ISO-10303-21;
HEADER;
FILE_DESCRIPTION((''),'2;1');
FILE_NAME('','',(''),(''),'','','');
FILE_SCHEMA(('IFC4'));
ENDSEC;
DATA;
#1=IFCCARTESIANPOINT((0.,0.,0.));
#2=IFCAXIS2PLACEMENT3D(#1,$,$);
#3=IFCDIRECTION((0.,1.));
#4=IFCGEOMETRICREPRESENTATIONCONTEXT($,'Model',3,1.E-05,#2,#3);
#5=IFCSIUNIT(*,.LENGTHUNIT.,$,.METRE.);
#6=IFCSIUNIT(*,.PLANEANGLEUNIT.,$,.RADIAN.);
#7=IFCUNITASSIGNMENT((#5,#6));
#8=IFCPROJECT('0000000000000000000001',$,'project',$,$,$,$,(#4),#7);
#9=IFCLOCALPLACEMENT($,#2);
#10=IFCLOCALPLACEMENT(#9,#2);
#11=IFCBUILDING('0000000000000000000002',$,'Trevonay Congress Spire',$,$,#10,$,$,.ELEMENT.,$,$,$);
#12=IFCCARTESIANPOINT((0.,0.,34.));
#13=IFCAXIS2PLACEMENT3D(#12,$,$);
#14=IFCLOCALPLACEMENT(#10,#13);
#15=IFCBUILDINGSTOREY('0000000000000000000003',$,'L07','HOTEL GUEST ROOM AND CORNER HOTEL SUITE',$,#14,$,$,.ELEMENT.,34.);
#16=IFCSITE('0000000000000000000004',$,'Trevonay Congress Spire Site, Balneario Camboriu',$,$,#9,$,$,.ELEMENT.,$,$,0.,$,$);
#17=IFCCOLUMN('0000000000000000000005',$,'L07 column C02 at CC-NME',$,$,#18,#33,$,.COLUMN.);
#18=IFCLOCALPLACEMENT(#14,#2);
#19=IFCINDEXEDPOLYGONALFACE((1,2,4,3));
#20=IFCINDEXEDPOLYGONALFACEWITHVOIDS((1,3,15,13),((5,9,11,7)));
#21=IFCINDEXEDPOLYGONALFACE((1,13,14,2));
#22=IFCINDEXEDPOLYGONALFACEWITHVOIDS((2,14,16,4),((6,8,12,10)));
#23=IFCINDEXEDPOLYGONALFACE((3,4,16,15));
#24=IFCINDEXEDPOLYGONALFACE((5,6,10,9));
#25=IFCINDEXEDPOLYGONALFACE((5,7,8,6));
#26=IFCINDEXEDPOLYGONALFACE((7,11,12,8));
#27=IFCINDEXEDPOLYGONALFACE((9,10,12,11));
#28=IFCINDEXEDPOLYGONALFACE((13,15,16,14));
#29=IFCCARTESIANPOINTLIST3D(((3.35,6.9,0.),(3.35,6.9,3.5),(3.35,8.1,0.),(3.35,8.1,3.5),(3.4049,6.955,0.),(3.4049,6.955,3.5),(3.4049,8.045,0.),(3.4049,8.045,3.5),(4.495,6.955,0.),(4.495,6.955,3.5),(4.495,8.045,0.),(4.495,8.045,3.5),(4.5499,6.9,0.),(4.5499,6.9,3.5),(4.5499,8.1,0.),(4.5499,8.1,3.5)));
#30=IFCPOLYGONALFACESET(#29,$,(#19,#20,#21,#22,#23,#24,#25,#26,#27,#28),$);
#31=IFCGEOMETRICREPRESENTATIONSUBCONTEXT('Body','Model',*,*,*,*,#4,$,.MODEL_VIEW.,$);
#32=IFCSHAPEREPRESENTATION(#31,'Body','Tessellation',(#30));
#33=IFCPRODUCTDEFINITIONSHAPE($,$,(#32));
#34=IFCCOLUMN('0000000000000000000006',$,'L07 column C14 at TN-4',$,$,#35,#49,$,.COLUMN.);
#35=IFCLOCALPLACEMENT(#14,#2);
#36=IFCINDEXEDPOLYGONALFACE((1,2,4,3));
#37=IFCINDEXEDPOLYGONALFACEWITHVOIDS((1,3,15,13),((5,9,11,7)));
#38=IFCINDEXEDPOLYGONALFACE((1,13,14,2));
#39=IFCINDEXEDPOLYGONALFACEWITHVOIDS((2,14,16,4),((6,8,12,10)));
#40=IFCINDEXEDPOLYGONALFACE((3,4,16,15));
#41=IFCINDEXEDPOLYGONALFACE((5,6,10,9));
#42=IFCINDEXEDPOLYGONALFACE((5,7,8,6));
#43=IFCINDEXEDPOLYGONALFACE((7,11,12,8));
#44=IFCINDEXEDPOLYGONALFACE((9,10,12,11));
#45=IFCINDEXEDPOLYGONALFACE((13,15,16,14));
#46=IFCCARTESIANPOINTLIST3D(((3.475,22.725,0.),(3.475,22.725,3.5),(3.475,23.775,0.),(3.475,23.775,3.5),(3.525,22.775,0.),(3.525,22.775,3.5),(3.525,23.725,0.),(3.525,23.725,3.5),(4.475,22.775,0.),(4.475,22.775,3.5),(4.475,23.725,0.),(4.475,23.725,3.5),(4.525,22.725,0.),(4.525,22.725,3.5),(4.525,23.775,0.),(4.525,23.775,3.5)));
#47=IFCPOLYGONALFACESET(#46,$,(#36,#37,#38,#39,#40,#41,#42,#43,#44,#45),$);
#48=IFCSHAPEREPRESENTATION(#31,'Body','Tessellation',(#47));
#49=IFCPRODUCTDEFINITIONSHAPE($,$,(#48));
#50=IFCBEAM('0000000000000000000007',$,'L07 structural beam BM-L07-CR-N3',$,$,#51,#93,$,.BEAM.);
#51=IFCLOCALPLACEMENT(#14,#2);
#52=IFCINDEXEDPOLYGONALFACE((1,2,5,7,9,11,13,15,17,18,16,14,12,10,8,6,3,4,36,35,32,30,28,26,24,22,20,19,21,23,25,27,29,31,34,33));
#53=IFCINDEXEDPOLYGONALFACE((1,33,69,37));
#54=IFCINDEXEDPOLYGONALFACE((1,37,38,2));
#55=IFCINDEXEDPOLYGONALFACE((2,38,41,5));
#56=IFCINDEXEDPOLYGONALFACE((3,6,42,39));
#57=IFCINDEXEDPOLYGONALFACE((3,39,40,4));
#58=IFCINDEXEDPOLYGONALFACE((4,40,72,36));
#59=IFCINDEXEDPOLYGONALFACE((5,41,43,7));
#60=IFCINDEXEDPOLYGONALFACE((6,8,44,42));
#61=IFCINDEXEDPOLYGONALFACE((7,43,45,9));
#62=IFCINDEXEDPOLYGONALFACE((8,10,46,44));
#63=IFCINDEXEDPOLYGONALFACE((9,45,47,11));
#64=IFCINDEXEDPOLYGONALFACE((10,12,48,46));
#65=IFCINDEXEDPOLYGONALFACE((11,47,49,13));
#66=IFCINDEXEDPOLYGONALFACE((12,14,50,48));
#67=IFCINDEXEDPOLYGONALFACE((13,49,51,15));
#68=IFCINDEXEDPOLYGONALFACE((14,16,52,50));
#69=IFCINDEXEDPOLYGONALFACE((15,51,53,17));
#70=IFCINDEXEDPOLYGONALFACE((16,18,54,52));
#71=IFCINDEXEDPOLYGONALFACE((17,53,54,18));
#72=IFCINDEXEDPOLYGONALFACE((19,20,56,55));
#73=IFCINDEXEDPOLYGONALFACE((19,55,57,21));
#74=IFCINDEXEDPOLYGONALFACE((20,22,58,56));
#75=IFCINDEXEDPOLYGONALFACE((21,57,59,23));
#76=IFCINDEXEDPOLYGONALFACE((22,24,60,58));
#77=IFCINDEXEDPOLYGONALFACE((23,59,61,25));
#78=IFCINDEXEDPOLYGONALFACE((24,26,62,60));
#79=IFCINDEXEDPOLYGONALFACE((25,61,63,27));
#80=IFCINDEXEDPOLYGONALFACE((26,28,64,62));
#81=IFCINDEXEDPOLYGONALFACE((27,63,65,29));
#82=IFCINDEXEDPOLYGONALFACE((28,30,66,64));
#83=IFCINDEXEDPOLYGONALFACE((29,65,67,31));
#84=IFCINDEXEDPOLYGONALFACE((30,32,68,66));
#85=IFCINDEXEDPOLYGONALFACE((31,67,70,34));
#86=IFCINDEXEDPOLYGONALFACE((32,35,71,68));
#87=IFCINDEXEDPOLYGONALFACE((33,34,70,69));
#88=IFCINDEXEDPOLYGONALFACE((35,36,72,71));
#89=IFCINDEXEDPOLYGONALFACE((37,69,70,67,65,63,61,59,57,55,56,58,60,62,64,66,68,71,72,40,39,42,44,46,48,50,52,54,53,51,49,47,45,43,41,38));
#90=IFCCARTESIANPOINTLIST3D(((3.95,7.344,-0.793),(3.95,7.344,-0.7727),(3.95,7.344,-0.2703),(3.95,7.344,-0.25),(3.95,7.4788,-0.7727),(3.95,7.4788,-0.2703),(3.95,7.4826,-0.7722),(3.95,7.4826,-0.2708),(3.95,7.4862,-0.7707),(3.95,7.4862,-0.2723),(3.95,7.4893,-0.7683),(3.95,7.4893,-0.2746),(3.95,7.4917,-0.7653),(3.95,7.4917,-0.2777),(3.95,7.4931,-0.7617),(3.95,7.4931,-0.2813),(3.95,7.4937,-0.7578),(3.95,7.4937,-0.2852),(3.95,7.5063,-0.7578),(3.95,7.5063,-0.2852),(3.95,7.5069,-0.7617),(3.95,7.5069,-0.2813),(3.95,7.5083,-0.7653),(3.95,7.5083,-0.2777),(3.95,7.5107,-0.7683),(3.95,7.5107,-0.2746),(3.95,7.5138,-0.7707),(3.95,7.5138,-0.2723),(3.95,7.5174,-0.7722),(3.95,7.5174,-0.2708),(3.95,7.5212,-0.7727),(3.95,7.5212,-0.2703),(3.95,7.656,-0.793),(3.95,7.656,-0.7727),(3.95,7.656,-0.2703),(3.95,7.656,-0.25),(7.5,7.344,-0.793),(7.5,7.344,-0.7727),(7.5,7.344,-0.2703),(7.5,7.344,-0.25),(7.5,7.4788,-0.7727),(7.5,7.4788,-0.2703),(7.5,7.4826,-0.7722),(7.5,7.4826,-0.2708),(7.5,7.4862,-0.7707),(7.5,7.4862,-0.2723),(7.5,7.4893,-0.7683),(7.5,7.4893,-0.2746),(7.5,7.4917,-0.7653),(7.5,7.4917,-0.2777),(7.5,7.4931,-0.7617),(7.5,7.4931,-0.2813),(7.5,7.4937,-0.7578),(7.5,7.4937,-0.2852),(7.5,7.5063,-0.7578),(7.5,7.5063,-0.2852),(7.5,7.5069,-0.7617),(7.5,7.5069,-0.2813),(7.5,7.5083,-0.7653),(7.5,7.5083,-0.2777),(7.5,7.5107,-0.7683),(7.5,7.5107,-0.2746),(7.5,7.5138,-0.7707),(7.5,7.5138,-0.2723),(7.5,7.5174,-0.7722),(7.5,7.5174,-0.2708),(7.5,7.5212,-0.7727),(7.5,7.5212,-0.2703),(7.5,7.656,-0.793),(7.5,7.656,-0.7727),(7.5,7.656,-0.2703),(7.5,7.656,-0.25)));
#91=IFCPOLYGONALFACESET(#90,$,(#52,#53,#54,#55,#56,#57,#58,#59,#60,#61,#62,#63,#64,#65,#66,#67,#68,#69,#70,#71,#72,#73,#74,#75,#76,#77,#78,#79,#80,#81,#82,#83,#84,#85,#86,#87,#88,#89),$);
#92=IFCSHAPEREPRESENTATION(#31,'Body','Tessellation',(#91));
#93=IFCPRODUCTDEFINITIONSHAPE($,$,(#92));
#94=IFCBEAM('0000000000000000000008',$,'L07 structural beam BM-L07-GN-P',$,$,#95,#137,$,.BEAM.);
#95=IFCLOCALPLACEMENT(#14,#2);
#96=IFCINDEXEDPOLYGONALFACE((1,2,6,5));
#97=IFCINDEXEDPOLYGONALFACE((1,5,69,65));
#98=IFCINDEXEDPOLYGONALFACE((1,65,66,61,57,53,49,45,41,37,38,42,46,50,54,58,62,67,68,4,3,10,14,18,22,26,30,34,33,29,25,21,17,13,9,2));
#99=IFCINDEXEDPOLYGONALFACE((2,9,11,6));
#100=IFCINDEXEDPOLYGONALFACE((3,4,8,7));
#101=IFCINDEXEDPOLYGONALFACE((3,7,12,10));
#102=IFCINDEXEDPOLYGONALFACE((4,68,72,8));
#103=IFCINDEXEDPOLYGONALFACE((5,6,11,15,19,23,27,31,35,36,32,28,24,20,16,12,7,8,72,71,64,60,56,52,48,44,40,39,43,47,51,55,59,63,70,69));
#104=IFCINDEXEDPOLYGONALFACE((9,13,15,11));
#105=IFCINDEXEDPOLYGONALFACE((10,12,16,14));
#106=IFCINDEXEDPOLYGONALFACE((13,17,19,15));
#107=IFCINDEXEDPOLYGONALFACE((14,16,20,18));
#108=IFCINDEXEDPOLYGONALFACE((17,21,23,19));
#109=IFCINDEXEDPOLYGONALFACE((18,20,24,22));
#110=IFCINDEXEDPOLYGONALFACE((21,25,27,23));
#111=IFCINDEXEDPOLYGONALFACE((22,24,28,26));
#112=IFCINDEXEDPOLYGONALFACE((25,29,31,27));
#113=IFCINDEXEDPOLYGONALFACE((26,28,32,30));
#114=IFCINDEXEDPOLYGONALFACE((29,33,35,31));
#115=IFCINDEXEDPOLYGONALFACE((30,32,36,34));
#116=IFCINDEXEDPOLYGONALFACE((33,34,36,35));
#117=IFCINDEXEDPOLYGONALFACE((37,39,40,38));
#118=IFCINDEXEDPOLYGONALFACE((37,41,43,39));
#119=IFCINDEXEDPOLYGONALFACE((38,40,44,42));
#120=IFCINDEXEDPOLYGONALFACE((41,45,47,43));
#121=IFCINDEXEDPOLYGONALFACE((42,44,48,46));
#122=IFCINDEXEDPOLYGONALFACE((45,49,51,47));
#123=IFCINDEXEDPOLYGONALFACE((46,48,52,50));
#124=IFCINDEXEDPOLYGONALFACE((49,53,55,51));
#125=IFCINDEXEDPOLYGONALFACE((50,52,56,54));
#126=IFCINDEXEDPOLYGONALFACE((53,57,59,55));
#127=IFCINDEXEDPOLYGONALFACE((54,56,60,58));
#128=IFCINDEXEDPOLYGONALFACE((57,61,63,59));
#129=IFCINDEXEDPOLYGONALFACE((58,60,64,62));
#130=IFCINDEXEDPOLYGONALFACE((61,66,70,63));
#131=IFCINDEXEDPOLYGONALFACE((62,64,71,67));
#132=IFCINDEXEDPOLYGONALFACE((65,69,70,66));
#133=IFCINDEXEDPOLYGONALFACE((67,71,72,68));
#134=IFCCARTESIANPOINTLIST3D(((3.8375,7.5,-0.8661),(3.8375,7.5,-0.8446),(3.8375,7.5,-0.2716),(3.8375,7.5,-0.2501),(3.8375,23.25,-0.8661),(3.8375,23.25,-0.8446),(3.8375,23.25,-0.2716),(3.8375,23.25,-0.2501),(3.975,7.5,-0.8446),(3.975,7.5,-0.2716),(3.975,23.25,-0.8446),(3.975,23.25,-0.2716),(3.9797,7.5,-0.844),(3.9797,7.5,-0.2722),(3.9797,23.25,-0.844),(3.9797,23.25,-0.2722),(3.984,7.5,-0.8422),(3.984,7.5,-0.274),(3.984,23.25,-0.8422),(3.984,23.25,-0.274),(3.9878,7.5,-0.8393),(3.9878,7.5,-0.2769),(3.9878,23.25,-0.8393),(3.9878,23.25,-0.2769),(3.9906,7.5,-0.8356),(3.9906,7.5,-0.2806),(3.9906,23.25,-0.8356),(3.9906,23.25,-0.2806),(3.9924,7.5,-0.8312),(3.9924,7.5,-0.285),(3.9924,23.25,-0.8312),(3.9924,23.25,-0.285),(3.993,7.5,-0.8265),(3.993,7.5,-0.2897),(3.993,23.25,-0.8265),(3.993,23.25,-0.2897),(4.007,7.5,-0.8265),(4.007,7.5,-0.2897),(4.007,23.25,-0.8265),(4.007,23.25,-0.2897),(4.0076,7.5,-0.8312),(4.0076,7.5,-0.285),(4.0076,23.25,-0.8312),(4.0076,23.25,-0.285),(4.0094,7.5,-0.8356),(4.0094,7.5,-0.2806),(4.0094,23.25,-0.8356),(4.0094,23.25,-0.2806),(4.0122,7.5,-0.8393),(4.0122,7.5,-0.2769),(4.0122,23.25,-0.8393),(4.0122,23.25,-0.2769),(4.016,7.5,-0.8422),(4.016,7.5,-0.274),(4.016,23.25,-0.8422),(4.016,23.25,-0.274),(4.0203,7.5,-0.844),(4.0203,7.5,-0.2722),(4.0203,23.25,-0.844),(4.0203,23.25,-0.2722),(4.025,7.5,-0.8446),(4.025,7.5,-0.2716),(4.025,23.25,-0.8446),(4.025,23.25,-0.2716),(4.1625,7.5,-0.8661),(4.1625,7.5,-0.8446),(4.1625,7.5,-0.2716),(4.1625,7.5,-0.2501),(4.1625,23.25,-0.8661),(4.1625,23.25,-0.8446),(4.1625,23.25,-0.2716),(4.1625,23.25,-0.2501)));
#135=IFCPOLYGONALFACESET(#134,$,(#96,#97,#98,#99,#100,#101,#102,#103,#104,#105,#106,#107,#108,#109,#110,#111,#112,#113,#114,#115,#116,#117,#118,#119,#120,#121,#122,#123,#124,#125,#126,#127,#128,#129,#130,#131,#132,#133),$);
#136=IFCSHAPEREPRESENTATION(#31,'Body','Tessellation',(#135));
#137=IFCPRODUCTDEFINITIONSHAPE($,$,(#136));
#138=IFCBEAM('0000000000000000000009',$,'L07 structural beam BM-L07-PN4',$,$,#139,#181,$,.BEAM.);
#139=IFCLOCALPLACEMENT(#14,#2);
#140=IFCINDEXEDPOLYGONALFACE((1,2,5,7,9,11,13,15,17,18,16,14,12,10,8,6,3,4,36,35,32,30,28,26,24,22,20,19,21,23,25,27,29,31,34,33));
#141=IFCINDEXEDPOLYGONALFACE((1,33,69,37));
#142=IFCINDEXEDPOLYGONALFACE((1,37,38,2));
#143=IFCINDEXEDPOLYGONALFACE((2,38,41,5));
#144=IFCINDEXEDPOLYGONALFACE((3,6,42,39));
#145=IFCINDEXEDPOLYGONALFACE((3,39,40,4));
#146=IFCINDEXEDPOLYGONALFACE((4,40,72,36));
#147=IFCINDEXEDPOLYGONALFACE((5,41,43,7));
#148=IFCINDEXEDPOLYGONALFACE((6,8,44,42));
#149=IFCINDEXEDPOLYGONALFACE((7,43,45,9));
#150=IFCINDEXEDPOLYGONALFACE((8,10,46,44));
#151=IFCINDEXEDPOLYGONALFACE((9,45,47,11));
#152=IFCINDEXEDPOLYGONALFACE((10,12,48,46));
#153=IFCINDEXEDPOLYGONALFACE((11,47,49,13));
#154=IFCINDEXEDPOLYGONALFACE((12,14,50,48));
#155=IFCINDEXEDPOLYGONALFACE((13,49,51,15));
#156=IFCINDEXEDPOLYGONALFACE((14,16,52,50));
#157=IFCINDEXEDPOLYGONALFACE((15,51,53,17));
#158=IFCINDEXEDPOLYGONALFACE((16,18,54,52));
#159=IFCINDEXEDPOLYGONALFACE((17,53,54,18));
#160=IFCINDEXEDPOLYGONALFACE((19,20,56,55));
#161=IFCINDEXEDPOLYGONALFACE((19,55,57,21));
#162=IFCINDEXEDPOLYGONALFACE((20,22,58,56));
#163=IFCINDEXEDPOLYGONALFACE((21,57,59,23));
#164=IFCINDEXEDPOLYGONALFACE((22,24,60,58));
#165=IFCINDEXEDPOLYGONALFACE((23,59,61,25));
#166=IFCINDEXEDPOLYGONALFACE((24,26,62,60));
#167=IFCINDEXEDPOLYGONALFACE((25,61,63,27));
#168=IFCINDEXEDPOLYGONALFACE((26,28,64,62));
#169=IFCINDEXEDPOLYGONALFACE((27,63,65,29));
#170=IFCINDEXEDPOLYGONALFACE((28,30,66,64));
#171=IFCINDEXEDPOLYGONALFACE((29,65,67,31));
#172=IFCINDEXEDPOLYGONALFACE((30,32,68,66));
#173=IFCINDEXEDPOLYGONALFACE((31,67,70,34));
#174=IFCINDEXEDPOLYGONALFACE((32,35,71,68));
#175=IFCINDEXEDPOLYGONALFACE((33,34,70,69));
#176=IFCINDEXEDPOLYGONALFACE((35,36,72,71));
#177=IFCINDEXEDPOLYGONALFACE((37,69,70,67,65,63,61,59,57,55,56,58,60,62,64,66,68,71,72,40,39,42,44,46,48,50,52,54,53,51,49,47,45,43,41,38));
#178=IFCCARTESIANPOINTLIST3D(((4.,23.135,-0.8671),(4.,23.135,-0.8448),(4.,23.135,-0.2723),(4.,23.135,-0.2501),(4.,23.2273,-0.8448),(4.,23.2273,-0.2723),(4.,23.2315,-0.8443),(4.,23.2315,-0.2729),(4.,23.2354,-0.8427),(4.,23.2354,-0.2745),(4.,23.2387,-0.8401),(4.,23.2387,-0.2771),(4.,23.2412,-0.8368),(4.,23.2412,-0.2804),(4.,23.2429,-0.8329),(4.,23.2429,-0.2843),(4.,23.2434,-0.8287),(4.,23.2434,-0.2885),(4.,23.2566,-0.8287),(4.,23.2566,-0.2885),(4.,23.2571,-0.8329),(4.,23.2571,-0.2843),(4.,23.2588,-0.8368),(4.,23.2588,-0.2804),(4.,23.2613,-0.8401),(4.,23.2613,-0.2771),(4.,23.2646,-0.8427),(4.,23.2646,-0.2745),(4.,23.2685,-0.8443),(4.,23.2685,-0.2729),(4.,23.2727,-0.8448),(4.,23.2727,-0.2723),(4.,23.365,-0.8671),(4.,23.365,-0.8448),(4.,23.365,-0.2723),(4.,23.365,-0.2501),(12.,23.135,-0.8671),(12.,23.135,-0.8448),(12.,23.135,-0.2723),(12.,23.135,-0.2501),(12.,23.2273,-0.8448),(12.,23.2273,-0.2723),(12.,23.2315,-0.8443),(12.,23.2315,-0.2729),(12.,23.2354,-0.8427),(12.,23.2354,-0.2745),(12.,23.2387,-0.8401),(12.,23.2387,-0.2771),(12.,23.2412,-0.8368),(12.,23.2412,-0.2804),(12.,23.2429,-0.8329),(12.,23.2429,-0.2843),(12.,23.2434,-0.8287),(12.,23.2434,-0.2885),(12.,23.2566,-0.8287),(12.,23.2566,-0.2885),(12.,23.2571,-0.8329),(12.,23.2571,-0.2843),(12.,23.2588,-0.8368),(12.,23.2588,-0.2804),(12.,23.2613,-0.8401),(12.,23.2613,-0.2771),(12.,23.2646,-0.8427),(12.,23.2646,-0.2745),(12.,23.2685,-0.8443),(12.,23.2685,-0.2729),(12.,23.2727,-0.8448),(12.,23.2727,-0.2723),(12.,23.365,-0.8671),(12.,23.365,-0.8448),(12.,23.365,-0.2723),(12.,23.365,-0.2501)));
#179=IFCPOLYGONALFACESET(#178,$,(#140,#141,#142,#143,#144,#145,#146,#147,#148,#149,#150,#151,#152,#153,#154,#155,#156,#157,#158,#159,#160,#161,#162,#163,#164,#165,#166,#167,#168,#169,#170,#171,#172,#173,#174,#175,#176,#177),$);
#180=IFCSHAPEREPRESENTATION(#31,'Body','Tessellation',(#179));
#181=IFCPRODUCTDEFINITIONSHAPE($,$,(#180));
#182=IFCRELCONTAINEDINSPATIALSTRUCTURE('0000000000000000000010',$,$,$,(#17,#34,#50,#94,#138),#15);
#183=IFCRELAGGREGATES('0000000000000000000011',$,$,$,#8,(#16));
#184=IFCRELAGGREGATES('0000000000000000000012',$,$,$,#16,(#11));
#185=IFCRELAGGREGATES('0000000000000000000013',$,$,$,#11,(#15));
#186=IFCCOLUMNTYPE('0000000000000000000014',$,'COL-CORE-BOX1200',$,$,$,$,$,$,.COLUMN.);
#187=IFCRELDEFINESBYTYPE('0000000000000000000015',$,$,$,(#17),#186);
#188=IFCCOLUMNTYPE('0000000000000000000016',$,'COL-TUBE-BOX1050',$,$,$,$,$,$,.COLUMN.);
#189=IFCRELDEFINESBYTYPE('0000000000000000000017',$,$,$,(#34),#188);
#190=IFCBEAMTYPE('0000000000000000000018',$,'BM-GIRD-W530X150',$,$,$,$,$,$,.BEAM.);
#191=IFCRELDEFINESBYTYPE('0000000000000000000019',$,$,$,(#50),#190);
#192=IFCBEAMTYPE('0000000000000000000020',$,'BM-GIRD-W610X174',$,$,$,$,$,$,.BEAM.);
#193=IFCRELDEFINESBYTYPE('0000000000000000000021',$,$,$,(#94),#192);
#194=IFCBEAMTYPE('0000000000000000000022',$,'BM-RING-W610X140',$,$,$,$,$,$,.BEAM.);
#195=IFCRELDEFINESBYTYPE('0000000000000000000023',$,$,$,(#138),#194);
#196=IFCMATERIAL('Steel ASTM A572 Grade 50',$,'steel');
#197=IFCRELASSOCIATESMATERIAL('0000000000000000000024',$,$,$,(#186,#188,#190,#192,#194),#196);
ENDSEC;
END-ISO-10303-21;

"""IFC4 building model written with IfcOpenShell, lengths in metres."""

from ifc_helpers import new_model, si_unit, direction, frame, origin, origin_2d, place, context, subcontext, project, spatial, hollow_rectangle, i_section, extrude, material, material_profile, profile_set, type_object, element, save


model = new_model("IFC4")

# Units and contexts
model_context = context("Model", 3, precision=1e-05, world=origin(), true_north=direction((0.0, 1.0)))
body_context = subcontext(model_context, "Body", "Model", "MODEL_VIEW")
ifc_project = project(units=[si_unit("LENGTHUNIT", "METRE"), si_unit("PLANEANGLEUNIT", "RADIAN")], contexts=[model_context])

# Site, building, storey
site_placement = place(None, origin())
site = spatial("IfcSite", under=ifc_project, at=site_placement, Name="Trevonay Congress Spire Site, Balneario Camboriu", CompositionType="ELEMENT", RefElevation=0.0)
building_placement = place(site_placement, origin())
building = spatial("IfcBuilding", under=site, at=building_placement, Name="Trevonay Congress Spire", CompositionType="ELEMENT")
storey_placement = place(building_placement, frame((0.0, 0.0, 34.0)))
storey = spatial("IfcBuildingStorey", under=building, at=storey_placement, Name="L07", Description="HOTEL GUEST ROOM AND CORNER HOTEL SUITE", CompositionType="ELEMENT", Elevation=34.0)

# Columns
ifc_material_1 = material(Name="Steel ASTM A572 Grade 50", Category="steel")
ifc_material_profile_1 = material_profile(ifc_material_1, hollow_rectangle(XDim=1.2, YDim=1.2, WallThickness=0.0549, at=origin_2d()), Name="BOX 1200x1200x55")
ifc_profile_set_1 = profile_set([ifc_material_profile_1], Name="Steel ASTM A572 Grade 50")
column_type_1 = type_object("IfcColumnType", Name="COL-CORE-BOX1200", PredefinedType="COLUMN", material=ifc_profile_set_1)
column_1_placement = place(storey_placement, frame((3.95, 7.5, 0.0), z_axis=(0.0, 0.0, 1.0), x_axis=(1.0, 0.0, 0.0)))
element("IfcColumn", 1, at=column_1_placement, inside=storey, type_object=column_type_1, Name="L07 column C02 at CC-NME", PredefinedType="COLUMN", context=body_context, shape_type="SweptSolid", body=[
    extrude(hollow_rectangle(XDim=1.2, YDim=1.2, WallThickness=0.0549, at=origin_2d()), origin(), (0.0, 0.0, 1.0), 3.5),
])
ifc_material_profile_2 = material_profile(ifc_material_1, hollow_rectangle(XDim=1.05, YDim=1.05, WallThickness=0.05, at=origin_2d()), Name="BOX 1050x1050x50")
ifc_profile_set_2 = profile_set([ifc_material_profile_2], Name="Steel ASTM A572 Grade 50")
column_type_2 = type_object("IfcColumnType", Name="COL-TUBE-BOX1050", PredefinedType="COLUMN", material=ifc_profile_set_2)
column_2_placement = place(storey_placement, frame((4.0, 23.25, 0.0), z_axis=(0.0, 0.0, 1.0), x_axis=(1.0, 0.0, 0.0)))
element("IfcColumn", 2, at=column_2_placement, inside=storey, type_object=column_type_2, Name="L07 column C14 at TN-4", PredefinedType="COLUMN", context=body_context, shape_type="SweptSolid", body=[
    extrude(hollow_rectangle(XDim=1.05, YDim=1.05, WallThickness=0.05, at=origin_2d()), origin(), (0.0, 0.0, 1.0), 3.5),
])

# Beams
ifc_material_profile_3 = material_profile(ifc_material_1, i_section(OverallWidth=0.312, OverallDepth=0.543, WebThickness=0.0127, FlangeThickness=0.0203, FilletRadius=0.0149, at=origin_2d()), Name="W530x150")
ifc_profile_set_3 = profile_set([ifc_material_profile_3], Name="Steel ASTM A572 Grade 50")
beam_type_1 = type_object("IfcBeamType", Name="BM-GIRD-W530X150", PredefinedType="BEAM", material=ifc_profile_set_3)
beam_1_placement = place(storey_placement, frame((3.95, 7.5, -0.5215), z_axis=(1.0, 0.0, 0.0), x_axis=(0.0, 1.0, 0.0)))
element("IfcBeam", 3, at=beam_1_placement, inside=storey, type_object=beam_type_1, Name="L07 structural beam BM-L07-CR-N3", PredefinedType="BEAM", context=body_context, shape_type="SweptSolid", body=[
    extrude(i_section(OverallWidth=0.312, OverallDepth=0.543, WebThickness=0.0127, FlangeThickness=0.0203, FilletRadius=0.0149, at=origin_2d()), origin(), (0.0, 0.0, 1.0), 3.55),
])
ifc_material_profile_4 = material_profile(ifc_material_1, i_section(OverallWidth=0.325, OverallDepth=0.616, WebThickness=0.0139, FlangeThickness=0.0215, FilletRadius=0.0181, at=origin_2d()), Name="W610x174")
ifc_profile_set_4 = profile_set([ifc_material_profile_4], Name="Steel ASTM A572 Grade 50")
beam_type_2 = type_object("IfcBeamType", Name="BM-GIRD-W610X174", PredefinedType="BEAM", material=ifc_profile_set_4)
beam_2_placement = place(storey_placement, frame((4.0, 7.5, -0.5581), z_axis=(0.0, 1.0, 0.0), x_axis=(-1.0, 0.0, 0.0)))
element("IfcBeam", 4, at=beam_2_placement, inside=storey, type_object=beam_type_2, Name="L07 structural beam BM-L07-GN-P", PredefinedType="BEAM", context=body_context, shape_type="SweptSolid", body=[
    extrude(i_section(OverallWidth=0.325, OverallDepth=0.616, WebThickness=0.0139, FlangeThickness=0.0215, FilletRadius=0.0181, at=origin_2d()), origin(), (0.0, 0.0, 1.0), 15.75),
])
ifc_material_profile_5 = material_profile(ifc_material_1, i_section(OverallWidth=0.23, OverallDepth=0.6169, WebThickness=0.0132, FlangeThickness=0.0222, FilletRadius=0.0161, at=origin_2d()), Name="W610x140")
ifc_profile_set_5 = profile_set([ifc_material_profile_5], Name="Steel ASTM A572 Grade 50")
beam_type_3 = type_object("IfcBeamType", Name="BM-RING-W610X140", PredefinedType="BEAM", material=ifc_profile_set_5)
beam_3_placement = place(storey_placement, frame((4.0, 23.25, -0.5586), z_axis=(1.0, 0.0, 0.0), x_axis=(0.0, 1.0, 0.0)))
element("IfcBeam", 5, at=beam_3_placement, inside=storey, type_object=beam_type_3, Name="L07 structural beam BM-L07-PN4", PredefinedType="BEAM", context=body_context, shape_type="SweptSolid", body=[
    extrude(i_section(OverallWidth=0.23, OverallDepth=0.6169, WebThickness=0.0132, FlangeThickness=0.0222, FilletRadius=0.0161, at=origin_2d()), origin(), (0.0, 0.0, 1.0), 8.0),
])

save(model, "model.ifc")
